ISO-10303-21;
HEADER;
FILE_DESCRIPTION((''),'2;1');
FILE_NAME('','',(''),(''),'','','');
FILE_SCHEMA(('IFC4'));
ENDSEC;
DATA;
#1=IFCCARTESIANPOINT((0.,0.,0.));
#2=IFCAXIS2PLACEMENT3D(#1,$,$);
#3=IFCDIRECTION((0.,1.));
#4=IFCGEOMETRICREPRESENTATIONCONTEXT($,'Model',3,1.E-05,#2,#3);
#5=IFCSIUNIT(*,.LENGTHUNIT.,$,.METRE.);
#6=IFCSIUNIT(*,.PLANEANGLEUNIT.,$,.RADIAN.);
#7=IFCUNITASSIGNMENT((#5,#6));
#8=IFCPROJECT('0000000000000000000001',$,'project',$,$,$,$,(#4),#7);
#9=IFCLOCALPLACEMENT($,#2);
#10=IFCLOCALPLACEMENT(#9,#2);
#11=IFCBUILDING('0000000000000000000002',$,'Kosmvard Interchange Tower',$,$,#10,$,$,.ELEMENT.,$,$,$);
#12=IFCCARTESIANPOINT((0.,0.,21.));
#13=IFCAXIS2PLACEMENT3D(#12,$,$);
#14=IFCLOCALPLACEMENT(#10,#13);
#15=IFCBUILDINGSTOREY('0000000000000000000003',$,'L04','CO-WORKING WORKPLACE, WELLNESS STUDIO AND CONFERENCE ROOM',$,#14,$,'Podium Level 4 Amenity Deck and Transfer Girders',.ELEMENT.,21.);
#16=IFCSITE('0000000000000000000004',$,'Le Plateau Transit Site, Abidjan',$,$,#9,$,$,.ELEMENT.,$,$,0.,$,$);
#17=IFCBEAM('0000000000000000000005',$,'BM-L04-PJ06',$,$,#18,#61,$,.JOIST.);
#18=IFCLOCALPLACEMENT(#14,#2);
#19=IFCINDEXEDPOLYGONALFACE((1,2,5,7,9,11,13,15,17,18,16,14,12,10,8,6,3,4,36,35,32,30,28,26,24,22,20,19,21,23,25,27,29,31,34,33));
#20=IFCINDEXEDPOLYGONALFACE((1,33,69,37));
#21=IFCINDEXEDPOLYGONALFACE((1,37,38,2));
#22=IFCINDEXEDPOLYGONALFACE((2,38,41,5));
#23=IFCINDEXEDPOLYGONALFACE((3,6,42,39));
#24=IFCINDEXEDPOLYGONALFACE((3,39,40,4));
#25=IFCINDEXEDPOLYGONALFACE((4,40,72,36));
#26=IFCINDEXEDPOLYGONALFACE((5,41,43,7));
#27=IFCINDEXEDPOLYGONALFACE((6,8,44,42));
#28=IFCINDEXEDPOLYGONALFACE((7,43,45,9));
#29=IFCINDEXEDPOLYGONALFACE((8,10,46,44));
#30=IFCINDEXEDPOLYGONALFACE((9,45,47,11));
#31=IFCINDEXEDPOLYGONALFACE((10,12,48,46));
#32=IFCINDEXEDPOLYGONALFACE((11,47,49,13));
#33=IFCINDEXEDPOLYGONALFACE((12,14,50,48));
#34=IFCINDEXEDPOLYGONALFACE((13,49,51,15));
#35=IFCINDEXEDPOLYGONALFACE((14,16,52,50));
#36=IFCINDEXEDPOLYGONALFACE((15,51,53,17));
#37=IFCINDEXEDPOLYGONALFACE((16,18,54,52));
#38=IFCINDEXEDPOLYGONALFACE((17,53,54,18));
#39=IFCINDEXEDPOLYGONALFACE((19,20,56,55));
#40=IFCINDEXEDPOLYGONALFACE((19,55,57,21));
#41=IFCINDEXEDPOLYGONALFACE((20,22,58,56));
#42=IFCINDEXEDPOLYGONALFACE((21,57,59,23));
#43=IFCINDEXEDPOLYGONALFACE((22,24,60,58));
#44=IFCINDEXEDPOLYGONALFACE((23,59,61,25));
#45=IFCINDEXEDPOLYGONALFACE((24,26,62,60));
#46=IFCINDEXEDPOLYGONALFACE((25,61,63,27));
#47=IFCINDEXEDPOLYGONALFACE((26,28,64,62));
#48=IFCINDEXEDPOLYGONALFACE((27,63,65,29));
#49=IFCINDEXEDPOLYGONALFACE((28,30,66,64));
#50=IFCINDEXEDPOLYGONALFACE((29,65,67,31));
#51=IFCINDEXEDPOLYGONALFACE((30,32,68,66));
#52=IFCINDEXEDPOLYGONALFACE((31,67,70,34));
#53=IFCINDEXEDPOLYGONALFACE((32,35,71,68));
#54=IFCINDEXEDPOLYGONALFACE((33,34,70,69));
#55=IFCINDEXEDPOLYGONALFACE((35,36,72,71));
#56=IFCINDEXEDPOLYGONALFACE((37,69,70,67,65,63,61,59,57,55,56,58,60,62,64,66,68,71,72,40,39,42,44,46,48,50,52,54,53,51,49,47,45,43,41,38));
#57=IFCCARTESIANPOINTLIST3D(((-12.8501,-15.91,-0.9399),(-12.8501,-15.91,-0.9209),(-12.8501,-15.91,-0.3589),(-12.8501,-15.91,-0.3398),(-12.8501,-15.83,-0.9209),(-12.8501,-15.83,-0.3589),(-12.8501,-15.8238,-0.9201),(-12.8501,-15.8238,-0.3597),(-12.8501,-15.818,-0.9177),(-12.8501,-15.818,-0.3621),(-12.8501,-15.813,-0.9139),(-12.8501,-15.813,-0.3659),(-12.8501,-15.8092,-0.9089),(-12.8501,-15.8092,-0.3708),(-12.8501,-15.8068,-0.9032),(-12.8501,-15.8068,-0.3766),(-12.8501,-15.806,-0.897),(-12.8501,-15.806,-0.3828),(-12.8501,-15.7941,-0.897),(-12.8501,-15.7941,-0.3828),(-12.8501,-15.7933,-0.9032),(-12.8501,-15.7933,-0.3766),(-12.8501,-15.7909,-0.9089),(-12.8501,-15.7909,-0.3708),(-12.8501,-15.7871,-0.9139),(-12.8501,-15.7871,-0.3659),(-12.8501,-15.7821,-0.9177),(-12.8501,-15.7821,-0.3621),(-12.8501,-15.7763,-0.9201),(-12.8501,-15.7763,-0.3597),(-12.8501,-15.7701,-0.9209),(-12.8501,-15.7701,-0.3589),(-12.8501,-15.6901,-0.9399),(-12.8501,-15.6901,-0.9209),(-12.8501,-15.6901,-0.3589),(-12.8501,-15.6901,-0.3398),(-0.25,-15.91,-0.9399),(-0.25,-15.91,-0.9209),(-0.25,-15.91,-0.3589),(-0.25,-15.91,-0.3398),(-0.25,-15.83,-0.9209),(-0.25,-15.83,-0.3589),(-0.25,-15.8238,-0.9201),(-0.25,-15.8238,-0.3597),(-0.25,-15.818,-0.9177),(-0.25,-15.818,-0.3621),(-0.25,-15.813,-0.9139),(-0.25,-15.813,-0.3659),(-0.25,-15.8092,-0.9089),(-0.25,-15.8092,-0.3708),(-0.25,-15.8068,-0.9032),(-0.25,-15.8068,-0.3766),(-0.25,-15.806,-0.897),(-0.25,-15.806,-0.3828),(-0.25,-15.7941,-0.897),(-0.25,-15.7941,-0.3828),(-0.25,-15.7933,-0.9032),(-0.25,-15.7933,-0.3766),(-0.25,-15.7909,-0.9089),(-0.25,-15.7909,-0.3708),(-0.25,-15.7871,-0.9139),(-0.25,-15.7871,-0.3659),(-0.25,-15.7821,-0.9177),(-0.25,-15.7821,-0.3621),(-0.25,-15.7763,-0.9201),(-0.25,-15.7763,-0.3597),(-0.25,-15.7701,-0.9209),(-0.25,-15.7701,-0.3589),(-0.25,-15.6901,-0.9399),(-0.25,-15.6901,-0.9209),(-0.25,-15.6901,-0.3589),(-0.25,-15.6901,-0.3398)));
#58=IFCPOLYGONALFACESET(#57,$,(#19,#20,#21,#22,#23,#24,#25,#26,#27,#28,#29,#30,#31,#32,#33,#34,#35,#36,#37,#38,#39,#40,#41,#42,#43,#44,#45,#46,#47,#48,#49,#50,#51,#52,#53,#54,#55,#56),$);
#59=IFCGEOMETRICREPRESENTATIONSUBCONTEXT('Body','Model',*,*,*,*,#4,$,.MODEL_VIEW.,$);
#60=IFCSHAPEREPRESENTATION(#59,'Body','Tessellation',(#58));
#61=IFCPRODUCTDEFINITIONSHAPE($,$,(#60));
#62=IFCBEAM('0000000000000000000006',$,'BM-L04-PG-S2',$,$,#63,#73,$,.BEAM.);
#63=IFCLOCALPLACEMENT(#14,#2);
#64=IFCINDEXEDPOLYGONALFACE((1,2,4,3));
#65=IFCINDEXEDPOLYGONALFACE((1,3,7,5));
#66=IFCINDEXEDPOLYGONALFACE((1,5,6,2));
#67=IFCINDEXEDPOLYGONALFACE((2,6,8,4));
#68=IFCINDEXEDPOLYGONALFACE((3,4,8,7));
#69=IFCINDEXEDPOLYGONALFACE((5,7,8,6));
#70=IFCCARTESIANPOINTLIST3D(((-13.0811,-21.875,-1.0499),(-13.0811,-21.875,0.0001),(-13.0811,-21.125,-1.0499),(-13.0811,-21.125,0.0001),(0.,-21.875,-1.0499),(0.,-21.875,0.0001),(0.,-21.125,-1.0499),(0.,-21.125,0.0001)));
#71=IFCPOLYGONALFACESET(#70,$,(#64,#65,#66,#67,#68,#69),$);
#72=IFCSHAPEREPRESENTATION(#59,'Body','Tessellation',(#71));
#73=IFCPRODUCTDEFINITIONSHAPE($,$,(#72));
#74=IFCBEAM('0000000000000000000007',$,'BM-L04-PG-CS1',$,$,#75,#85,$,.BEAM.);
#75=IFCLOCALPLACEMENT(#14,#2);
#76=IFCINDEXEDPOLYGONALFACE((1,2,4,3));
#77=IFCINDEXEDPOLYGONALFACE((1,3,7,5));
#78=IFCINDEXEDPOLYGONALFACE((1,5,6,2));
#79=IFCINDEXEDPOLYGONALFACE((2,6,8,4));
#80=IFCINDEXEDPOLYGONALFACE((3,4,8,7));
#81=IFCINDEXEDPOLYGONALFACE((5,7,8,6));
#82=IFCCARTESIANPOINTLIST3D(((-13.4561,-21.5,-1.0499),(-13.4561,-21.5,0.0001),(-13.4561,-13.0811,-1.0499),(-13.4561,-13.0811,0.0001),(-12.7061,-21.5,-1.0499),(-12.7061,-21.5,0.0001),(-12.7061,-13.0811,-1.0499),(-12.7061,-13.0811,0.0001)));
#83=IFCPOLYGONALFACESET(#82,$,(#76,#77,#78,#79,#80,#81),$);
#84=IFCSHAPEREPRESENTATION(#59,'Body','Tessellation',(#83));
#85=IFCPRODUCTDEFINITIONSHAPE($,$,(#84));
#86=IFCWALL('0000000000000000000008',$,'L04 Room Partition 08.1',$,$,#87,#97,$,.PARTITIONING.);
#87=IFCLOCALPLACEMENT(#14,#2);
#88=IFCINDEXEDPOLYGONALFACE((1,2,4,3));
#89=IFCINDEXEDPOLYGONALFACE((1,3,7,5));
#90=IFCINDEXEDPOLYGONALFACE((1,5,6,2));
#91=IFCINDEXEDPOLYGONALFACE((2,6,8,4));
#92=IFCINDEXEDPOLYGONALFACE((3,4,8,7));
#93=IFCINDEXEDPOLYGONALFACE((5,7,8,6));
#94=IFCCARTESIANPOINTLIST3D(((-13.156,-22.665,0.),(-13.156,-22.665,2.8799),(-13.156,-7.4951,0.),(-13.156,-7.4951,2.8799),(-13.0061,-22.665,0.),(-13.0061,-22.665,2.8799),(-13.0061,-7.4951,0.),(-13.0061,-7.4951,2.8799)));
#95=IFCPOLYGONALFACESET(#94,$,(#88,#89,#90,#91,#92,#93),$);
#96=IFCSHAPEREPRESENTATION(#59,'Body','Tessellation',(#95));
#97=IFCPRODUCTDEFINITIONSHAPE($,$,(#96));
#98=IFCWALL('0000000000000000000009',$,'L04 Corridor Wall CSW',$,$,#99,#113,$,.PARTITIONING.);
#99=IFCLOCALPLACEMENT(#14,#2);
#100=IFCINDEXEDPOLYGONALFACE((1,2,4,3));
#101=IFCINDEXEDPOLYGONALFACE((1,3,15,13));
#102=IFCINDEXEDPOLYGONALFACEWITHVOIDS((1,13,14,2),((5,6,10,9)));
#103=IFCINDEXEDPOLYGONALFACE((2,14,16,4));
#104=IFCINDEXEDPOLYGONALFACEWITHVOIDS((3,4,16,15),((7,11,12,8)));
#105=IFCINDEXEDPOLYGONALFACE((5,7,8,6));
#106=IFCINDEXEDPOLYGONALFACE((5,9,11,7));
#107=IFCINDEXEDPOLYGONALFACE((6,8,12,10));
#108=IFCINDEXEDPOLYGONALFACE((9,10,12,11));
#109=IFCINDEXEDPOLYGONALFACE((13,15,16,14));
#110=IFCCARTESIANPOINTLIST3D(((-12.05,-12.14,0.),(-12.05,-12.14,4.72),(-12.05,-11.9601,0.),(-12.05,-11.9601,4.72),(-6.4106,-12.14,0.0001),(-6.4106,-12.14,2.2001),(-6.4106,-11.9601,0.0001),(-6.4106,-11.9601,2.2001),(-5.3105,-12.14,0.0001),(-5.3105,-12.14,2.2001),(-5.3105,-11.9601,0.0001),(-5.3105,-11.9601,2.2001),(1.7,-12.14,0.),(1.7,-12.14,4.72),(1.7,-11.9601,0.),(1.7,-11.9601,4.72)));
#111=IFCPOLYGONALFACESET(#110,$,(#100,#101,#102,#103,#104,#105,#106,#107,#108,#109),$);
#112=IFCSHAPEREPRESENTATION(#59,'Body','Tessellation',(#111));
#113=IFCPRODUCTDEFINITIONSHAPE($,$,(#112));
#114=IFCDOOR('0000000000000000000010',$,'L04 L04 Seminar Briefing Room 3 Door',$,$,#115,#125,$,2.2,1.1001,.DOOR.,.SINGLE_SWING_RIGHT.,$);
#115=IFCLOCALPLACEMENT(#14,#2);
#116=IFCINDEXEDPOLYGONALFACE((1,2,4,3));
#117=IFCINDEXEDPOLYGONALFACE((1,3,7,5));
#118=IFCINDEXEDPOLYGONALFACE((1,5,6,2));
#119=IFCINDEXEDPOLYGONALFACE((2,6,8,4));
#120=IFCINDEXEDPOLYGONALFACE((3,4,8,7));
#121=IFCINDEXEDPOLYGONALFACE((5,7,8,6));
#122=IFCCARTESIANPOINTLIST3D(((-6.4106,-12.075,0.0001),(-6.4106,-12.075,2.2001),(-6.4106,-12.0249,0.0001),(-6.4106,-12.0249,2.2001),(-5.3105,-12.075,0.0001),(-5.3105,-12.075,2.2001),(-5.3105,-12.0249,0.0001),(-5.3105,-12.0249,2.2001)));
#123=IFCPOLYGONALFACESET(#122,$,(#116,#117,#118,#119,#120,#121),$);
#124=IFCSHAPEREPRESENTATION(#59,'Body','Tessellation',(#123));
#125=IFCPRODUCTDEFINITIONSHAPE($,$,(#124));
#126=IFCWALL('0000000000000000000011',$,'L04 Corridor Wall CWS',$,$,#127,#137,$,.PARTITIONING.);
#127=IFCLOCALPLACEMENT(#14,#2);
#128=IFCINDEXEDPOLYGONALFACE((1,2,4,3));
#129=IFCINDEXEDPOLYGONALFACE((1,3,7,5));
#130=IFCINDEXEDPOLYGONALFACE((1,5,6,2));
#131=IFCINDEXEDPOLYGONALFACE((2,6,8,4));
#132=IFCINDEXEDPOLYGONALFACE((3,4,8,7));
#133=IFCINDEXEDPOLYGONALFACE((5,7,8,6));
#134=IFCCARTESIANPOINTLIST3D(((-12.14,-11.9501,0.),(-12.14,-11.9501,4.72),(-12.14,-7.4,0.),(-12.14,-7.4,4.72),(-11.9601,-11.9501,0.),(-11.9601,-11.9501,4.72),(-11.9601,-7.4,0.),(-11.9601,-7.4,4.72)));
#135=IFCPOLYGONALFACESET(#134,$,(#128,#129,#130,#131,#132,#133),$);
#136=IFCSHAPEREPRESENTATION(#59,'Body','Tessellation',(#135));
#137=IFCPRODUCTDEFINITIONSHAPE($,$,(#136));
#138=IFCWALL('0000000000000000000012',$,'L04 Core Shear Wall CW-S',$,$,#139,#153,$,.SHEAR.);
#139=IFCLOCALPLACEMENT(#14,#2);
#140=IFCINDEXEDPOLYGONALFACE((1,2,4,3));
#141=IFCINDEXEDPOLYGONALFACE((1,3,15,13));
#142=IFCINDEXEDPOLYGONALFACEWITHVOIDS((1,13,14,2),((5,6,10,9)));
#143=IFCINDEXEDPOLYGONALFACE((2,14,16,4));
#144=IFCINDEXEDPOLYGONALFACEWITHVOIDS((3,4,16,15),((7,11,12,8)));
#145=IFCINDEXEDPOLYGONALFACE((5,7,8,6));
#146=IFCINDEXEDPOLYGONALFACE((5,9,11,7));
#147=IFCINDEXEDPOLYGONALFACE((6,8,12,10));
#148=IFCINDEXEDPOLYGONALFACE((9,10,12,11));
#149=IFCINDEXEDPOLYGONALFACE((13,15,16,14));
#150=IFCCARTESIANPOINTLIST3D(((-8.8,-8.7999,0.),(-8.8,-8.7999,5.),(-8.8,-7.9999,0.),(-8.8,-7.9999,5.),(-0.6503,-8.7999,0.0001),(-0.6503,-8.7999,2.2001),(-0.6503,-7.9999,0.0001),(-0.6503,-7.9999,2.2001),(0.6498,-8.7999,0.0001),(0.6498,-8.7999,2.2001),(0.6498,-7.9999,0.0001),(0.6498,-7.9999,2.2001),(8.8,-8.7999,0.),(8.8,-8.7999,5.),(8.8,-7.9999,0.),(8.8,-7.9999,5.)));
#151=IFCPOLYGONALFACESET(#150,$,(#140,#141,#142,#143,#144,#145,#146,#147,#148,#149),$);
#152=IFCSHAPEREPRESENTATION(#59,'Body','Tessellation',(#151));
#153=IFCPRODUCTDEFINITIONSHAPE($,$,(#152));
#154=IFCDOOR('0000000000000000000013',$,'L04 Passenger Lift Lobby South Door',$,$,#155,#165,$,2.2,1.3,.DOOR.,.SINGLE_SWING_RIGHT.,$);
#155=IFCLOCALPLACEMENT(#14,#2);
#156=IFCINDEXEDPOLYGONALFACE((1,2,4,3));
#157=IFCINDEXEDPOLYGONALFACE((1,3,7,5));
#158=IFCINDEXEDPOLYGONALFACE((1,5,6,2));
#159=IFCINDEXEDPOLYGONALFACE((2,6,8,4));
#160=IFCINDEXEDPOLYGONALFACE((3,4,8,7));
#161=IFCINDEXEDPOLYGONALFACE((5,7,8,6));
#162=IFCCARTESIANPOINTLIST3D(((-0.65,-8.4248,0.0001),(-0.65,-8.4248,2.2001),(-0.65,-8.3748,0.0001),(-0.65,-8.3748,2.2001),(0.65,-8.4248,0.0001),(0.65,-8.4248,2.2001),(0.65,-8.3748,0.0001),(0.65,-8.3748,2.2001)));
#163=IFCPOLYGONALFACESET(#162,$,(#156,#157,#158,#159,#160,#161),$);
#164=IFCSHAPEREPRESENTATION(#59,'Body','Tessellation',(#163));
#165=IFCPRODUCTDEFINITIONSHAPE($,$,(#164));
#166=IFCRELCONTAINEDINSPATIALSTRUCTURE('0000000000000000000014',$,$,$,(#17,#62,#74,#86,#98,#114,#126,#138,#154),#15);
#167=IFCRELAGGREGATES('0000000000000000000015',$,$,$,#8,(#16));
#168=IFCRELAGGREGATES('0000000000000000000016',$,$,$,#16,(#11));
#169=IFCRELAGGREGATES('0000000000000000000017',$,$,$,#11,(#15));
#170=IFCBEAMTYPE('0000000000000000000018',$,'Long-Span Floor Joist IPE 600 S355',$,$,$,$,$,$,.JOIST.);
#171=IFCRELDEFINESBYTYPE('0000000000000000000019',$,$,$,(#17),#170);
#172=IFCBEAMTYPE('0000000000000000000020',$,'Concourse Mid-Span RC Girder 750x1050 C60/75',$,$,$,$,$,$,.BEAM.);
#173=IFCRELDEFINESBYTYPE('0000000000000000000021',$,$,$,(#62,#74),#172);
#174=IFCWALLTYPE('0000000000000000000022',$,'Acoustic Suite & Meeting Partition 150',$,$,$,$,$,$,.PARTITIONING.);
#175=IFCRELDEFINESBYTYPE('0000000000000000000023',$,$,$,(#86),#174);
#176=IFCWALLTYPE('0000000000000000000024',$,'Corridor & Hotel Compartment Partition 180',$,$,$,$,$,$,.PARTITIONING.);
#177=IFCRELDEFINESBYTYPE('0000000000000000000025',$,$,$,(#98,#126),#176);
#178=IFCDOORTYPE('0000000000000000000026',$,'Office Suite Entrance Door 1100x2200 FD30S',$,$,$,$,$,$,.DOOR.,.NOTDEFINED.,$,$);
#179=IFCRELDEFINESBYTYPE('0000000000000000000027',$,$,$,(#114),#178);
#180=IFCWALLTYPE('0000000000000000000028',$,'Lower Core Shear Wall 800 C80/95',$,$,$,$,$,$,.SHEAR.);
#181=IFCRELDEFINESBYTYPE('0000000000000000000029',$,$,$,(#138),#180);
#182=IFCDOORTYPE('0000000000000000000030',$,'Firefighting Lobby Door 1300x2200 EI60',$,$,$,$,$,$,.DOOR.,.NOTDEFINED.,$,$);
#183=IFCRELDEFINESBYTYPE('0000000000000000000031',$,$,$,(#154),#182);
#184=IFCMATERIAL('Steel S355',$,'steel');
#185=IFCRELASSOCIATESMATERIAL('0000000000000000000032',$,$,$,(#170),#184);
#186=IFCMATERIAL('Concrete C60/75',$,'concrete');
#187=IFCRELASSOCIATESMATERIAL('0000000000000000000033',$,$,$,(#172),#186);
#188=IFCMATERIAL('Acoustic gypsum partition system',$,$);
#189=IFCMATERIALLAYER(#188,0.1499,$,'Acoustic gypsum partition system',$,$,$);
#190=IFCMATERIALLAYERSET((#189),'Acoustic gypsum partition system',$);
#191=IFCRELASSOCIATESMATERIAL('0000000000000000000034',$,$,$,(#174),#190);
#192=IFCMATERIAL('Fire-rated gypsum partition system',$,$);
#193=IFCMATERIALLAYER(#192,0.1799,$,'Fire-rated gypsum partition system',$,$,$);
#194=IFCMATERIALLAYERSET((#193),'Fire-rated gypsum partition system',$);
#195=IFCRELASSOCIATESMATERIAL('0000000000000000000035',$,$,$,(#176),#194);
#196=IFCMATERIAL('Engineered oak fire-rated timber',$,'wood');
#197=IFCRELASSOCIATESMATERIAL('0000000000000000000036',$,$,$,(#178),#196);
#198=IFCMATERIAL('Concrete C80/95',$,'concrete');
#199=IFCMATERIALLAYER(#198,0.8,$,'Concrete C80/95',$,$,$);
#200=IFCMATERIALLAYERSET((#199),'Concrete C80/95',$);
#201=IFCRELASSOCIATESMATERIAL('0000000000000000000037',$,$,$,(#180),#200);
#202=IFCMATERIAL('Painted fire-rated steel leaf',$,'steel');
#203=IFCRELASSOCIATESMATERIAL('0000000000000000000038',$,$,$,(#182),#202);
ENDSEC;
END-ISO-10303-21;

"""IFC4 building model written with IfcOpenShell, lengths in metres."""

from ifc_helpers import new_model, si_unit, direction, frame, frame_2d, origin, origin_2d, place, context, subcontext, project, spatial, rectangle, i_section, extrude, source, transform, mapped, material, layer, layer_set, material_profile, profile_set, type_object, element, fill, save


model = new_model("IFC4")

# Units and contexts
model_context = context("Model", 3, precision=1e-05, world=origin(), true_north=direction((0.0, 1.0)))
body_context = subcontext(model_context, "Body", "Model", "MODEL_VIEW")
ifc_project = project(units=[si_unit("LENGTHUNIT", "METRE"), si_unit("PLANEANGLEUNIT", "RADIAN")], contexts=[model_context])

# Site, building, storey
site_placement = place(None, origin())
site = spatial("IfcSite", under=ifc_project, at=site_placement, Name="Le Plateau Transit Site, Abidjan", CompositionType="ELEMENT", RefElevation=0.0)
building_placement = place(site_placement, origin())
building = spatial("IfcBuilding", under=site, at=building_placement, Name="Kosmvard Interchange Tower", CompositionType="ELEMENT")
storey_placement = place(building_placement, frame((0.0, 0.0, 21.0)))
storey = spatial("IfcBuildingStorey", under=building, at=storey_placement, Name="L04", Description="CO-WORKING WORKPLACE, WELLNESS STUDIO AND CONFERENCE ROOM", LongName="Podium Level 4 Amenity Deck and Transfer Girders", CompositionType="ELEMENT", Elevation=21.0)

# Shared definitions
ifc_material_1 = material(Name="Concrete C80/95", Category="concrete")
ifc_material_2 = material(Name="Concrete C60/75", Category="concrete")

# Beams
ifc_material_3 = material(Name="Steel S355", Category="steel")
ifc_material_profile_1 = material_profile(ifc_material_3, i_section(OverallWidth=0.22, OverallDepth=0.6001, WebThickness=0.012, FlangeThickness=0.019, FilletRadius=0.0239, at=origin_2d()), Name="IPE 600")
ifc_profile_set_1 = profile_set([ifc_material_profile_1], Name="Steel S355")
beam_type_1 = type_object("IfcBeamType", Name="Long-Span Floor Joist IPE 600 S355", PredefinedType="JOIST", material=ifc_profile_set_1)
shared_shape_1 = source(origin(), body_context, "Body", "SweptSolid", [
    extrude(i_section(OverallWidth=0.22, OverallDepth=0.6001, WebThickness=0.012, FlangeThickness=0.019, FilletRadius=0.0239, at=origin_2d()), origin(), (0.0, 0.0, 1.0), 12.6001),
])
for number, where, z_axis, x_axis, name in (
    (1, (-12.8501, -15.8, -0.6399), (1.0, 0.0, 0.0), (0.0, 1.0, 0.0), "BM-L04-PJ06"),
):
    element("IfcBeam", number, at=place(storey_placement, frame(where, z_axis=z_axis, x_axis=x_axis)), inside=storey, type_object=beam_type_1, Name=name, PredefinedType="JOIST", context=body_context, shape_type="MappedRepresentation", body=[
        mapped(shared_shape_1, transform((0.0, 0.0, 0.0), scale=1.0)),
    ])
ifc_material_profile_2 = material_profile(ifc_material_2, rectangle(XDim=0.75, YDim=1.05, at=origin_2d()), Name="RCG 750x1050")
ifc_profile_set_2 = profile_set([ifc_material_profile_2], Name="Concrete C60/75")
beam_type_2 = type_object("IfcBeamType", Name="Concourse Mid-Span RC Girder 750x1050 C60/75", PredefinedType="BEAM", material=ifc_profile_set_2)
shared_shape_2 = source(origin(), body_context, "Body", "SweptSolid", [
    extrude(rectangle(XDim=0.75, YDim=1.05, at=origin_2d()), origin(), (0.0, 0.0, 1.0), 13.0811),
])
beam_1_placement = place(storey_placement, frame((-13.0811, -21.5, -0.5249), z_axis=(1.0, 0.0, 0.0), x_axis=(0.0, 1.0, 0.0)))
element("IfcBeam", 2, at=beam_1_placement, inside=storey, type_object=beam_type_2, Name="BM-L04-PG-S2", PredefinedType="BEAM", context=body_context, shape_type="MappedRepresentation", body=[
    mapped(shared_shape_2, transform((0.0, 0.0, 0.0), scale=1.0)),
])
shared_shape_3 = source(origin(), body_context, "Body", "SweptSolid", [
    extrude(rectangle(XDim=0.75, YDim=1.05, at=origin_2d()), origin(), (0.0, 0.0, 1.0), 8.4189),
])
beam_2_placement = place(storey_placement, frame((-13.0811, -21.5, -0.5249), z_axis=(0.0, 1.0, 0.0), x_axis=(-1.0, 0.0, 0.0)))
element("IfcBeam", 3, at=beam_2_placement, inside=storey, type_object=beam_type_2, Name="BM-L04-PG-CS1", PredefinedType="BEAM", context=body_context, shape_type="MappedRepresentation", body=[
    mapped(shared_shape_3, transform((0.0, 0.0, 0.0), scale=1.0)),
])

# Wall
ifc_material_4 = material(Name="Acoustic gypsum partition system")
ifc_layer_1 = layer(ifc_material_4, 0.1499, Name="Acoustic gypsum partition system")
ifc_layer_set_1 = layer_set([ifc_layer_1], Name="Acoustic gypsum partition system")
wall_type_1 = type_object("IfcWallType", Name="Acoustic Suite & Meeting Partition 150", PredefinedType="PARTITIONING", material=ifc_layer_set_1)
wall_1_placement = place(storey_placement, frame((-13.0811, -22.665, 0.0), z_axis=(0.0, 0.0, 1.0), x_axis=(0.0, 1.0, 0.0)))
element("IfcWall", 4, at=wall_1_placement, inside=storey, type_object=wall_type_1, Name="L04 Room Partition 08.1", PredefinedType="PARTITIONING", context=body_context, shape_type="SweptSolid", body=[
    extrude(rectangle(XDim=15.1699, YDim=0.1499, at=frame_2d((7.585, 0.0))), origin(), (0.0, 0.0, 1.0), 2.8799),
])

# Wall, opening, door
ifc_material_5 = material(Name="Fire-rated gypsum partition system")
ifc_layer_2 = layer(ifc_material_5, 0.1799, Name="Fire-rated gypsum partition system")
ifc_layer_set_2 = layer_set([ifc_layer_2], Name="Fire-rated gypsum partition system")
wall_type_2 = type_object("IfcWallType", Name="Corridor & Hotel Compartment Partition 180", PredefinedType="PARTITIONING", material=ifc_layer_set_2)
wall_2_placement = place(storey_placement, frame((-12.05, -12.05, 0.0), z_axis=(0.0, 0.0, 1.0), x_axis=(1.0, 0.0, 0.0)))
wall_2 = element("IfcWall", 5, at=wall_2_placement, inside=storey, type_object=wall_type_2, Name="L04 Corridor Wall CSW", PredefinedType="PARTITIONING", context=body_context, shape_type="SweptSolid", body=[
    extrude(rectangle(XDim=13.75, YDim=0.1799, at=frame_2d((6.875, 0.0))), origin(), (0.0, 0.0, 1.0), 4.72),
])
opening_1_placement = place(wall_2_placement, frame((5.6394, 0.0, 0.0)))
opening_1 = element("IfcOpeningElement", 6, at=opening_1_placement, cuts=wall_2, PredefinedType="OPENING", context=body_context, shape_type="SweptSolid", body=[
    extrude(rectangle(XDim=1.1001, YDim=2.2, at=frame_2d((0.55, 1.1001))), frame((0.0, 0.1001, 0.0), z_axis=(0.0, -1.0, 0.0), x_axis=(1.0, 0.0, 0.0)), (0.0, 0.0, 1.0), 0.2),
])
ifc_material_6 = material(Name="Engineered oak fire-rated timber", Category="wood")
door_type_1 = type_object("IfcDoorType", Name="Office Suite Entrance Door 1100x2200 FD30S", OperationType="NOTDEFINED", PredefinedType="DOOR", material=ifc_material_6)
shared_shape_4 = source(origin(), body_context, "Body", "SweptSolid", [
    extrude(rectangle(XDim=1.1001, YDim=2.2, at=frame_2d((0.55, 1.1001))), frame((0.0, 0.0249, 0.0), z_axis=(0.0, -1.0, 0.0), x_axis=(1.0, 0.0, 0.0)), (0.0, 0.0, 1.0), 0.05),
])
door_1_placement = place(opening_1_placement, frame((1.1001, 0.0, 0.0), z_axis=(0.0, 0.0, 1.0), x_axis=(-1.0, 0.0, 0.0)))
door_1 = element("IfcDoor", 7, at=door_1_placement, inside=storey, type_object=door_type_1, Name="L04 L04 Seminar Briefing Room 3 Door", OperationType="SINGLE_SWING_RIGHT", OverallHeight=2.2, OverallWidth=1.1001, PredefinedType="DOOR", context=body_context, shape_type="MappedRepresentation", body=[
    mapped(shared_shape_4, transform((0.0, 0.0, 0.0), scale=1.0)),
])
fill(opening_1, door_1)

# Wall
wall_3_placement = place(storey_placement, frame((-12.05, -11.95, 0.0), z_axis=(0.0, 0.0, 1.0), x_axis=(0.0, 1.0, 0.0)))
element("IfcWall", 8, at=wall_3_placement, inside=storey, type_object=wall_type_2, Name="L04 Corridor Wall CWS", PredefinedType="PARTITIONING", context=body_context, shape_type="SweptSolid", body=[
    extrude(rectangle(XDim=4.55, YDim=0.1799, at=frame_2d((2.2749, 0.0))), origin(), (0.0, 0.0, 1.0), 4.72),
])

# Wall, opening, door
ifc_layer_3 = layer(ifc_material_1, 0.8, Name="Concrete C80/95")
ifc_layer_set_3 = layer_set([ifc_layer_3], Name="Concrete C80/95")
wall_type_3 = type_object("IfcWallType", Name="Lower Core Shear Wall 800 C80/95", PredefinedType="SHEAR", material=ifc_layer_set_3)
wall_4_placement = place(storey_placement, frame((-8.8, -8.3999, 0.0), z_axis=(0.0, 0.0, 1.0), x_axis=(1.0, 0.0, 0.0)))
wall_4 = element("IfcWall", 9, at=wall_4_placement, inside=storey, type_object=wall_type_3, Name="L04 Core Shear Wall CW-S", PredefinedType="SHEAR", context=body_context, shape_type="SweptSolid", body=[
    extrude(rectangle(XDim=17.6001, YDim=0.8, at=frame_2d((8.8, 0.0))), origin(), (0.0, 0.0, 1.0), 5.0),
])
opening_2_placement = place(wall_4_placement, frame((8.1499, 0.0, 0.0)))
opening_2 = element("IfcOpeningElement", 10, at=opening_2_placement, cuts=wall_4, PredefinedType="OPENING", context=body_context, shape_type="SweptSolid", body=[
    extrude(rectangle(XDim=1.3, YDim=2.2, at=frame_2d((0.6499, 1.1001))), frame((0.0, 0.4102, 0.0), z_axis=(0.0, -1.0, 0.0), x_axis=(1.0, 0.0, 0.0)), (0.0, 0.0, 1.0), 0.8201),
])
ifc_material_7 = material(Name="Painted fire-rated steel leaf", Category="steel")
door_type_2 = type_object("IfcDoorType", Name="Firefighting Lobby Door 1300x2200 EI60", OperationType="NOTDEFINED", PredefinedType="DOOR", material=ifc_material_7)
shared_shape_5 = source(origin(), body_context, "Body", "SweptSolid", [
    extrude(rectangle(XDim=1.3, YDim=2.2, at=frame_2d((0.6499, 1.1001))), frame((0.0, 0.0249, 0.0), z_axis=(0.0, -1.0, 0.0), x_axis=(1.0, 0.0, 0.0)), (0.0, 0.0, 1.0), 0.05),
])
door_2_placement = place(opening_2_placement, frame((1.3, 0.0, 0.0), z_axis=(0.0, 0.0, 1.0), x_axis=(-1.0, 0.0, 0.0)))
door_2 = element("IfcDoor", 11, at=door_2_placement, inside=storey, type_object=door_type_2, Name="L04 Passenger Lift Lobby South Door", OperationType="SINGLE_SWING_RIGHT", OverallHeight=2.2, OverallWidth=1.3, PredefinedType="DOOR", context=body_context, shape_type="MappedRepresentation", body=[
    mapped(shared_shape_5, transform((0.0, 0.0, 0.0), scale=1.0)),
])
fill(opening_2, door_2)

save(model, "model.ifc")
